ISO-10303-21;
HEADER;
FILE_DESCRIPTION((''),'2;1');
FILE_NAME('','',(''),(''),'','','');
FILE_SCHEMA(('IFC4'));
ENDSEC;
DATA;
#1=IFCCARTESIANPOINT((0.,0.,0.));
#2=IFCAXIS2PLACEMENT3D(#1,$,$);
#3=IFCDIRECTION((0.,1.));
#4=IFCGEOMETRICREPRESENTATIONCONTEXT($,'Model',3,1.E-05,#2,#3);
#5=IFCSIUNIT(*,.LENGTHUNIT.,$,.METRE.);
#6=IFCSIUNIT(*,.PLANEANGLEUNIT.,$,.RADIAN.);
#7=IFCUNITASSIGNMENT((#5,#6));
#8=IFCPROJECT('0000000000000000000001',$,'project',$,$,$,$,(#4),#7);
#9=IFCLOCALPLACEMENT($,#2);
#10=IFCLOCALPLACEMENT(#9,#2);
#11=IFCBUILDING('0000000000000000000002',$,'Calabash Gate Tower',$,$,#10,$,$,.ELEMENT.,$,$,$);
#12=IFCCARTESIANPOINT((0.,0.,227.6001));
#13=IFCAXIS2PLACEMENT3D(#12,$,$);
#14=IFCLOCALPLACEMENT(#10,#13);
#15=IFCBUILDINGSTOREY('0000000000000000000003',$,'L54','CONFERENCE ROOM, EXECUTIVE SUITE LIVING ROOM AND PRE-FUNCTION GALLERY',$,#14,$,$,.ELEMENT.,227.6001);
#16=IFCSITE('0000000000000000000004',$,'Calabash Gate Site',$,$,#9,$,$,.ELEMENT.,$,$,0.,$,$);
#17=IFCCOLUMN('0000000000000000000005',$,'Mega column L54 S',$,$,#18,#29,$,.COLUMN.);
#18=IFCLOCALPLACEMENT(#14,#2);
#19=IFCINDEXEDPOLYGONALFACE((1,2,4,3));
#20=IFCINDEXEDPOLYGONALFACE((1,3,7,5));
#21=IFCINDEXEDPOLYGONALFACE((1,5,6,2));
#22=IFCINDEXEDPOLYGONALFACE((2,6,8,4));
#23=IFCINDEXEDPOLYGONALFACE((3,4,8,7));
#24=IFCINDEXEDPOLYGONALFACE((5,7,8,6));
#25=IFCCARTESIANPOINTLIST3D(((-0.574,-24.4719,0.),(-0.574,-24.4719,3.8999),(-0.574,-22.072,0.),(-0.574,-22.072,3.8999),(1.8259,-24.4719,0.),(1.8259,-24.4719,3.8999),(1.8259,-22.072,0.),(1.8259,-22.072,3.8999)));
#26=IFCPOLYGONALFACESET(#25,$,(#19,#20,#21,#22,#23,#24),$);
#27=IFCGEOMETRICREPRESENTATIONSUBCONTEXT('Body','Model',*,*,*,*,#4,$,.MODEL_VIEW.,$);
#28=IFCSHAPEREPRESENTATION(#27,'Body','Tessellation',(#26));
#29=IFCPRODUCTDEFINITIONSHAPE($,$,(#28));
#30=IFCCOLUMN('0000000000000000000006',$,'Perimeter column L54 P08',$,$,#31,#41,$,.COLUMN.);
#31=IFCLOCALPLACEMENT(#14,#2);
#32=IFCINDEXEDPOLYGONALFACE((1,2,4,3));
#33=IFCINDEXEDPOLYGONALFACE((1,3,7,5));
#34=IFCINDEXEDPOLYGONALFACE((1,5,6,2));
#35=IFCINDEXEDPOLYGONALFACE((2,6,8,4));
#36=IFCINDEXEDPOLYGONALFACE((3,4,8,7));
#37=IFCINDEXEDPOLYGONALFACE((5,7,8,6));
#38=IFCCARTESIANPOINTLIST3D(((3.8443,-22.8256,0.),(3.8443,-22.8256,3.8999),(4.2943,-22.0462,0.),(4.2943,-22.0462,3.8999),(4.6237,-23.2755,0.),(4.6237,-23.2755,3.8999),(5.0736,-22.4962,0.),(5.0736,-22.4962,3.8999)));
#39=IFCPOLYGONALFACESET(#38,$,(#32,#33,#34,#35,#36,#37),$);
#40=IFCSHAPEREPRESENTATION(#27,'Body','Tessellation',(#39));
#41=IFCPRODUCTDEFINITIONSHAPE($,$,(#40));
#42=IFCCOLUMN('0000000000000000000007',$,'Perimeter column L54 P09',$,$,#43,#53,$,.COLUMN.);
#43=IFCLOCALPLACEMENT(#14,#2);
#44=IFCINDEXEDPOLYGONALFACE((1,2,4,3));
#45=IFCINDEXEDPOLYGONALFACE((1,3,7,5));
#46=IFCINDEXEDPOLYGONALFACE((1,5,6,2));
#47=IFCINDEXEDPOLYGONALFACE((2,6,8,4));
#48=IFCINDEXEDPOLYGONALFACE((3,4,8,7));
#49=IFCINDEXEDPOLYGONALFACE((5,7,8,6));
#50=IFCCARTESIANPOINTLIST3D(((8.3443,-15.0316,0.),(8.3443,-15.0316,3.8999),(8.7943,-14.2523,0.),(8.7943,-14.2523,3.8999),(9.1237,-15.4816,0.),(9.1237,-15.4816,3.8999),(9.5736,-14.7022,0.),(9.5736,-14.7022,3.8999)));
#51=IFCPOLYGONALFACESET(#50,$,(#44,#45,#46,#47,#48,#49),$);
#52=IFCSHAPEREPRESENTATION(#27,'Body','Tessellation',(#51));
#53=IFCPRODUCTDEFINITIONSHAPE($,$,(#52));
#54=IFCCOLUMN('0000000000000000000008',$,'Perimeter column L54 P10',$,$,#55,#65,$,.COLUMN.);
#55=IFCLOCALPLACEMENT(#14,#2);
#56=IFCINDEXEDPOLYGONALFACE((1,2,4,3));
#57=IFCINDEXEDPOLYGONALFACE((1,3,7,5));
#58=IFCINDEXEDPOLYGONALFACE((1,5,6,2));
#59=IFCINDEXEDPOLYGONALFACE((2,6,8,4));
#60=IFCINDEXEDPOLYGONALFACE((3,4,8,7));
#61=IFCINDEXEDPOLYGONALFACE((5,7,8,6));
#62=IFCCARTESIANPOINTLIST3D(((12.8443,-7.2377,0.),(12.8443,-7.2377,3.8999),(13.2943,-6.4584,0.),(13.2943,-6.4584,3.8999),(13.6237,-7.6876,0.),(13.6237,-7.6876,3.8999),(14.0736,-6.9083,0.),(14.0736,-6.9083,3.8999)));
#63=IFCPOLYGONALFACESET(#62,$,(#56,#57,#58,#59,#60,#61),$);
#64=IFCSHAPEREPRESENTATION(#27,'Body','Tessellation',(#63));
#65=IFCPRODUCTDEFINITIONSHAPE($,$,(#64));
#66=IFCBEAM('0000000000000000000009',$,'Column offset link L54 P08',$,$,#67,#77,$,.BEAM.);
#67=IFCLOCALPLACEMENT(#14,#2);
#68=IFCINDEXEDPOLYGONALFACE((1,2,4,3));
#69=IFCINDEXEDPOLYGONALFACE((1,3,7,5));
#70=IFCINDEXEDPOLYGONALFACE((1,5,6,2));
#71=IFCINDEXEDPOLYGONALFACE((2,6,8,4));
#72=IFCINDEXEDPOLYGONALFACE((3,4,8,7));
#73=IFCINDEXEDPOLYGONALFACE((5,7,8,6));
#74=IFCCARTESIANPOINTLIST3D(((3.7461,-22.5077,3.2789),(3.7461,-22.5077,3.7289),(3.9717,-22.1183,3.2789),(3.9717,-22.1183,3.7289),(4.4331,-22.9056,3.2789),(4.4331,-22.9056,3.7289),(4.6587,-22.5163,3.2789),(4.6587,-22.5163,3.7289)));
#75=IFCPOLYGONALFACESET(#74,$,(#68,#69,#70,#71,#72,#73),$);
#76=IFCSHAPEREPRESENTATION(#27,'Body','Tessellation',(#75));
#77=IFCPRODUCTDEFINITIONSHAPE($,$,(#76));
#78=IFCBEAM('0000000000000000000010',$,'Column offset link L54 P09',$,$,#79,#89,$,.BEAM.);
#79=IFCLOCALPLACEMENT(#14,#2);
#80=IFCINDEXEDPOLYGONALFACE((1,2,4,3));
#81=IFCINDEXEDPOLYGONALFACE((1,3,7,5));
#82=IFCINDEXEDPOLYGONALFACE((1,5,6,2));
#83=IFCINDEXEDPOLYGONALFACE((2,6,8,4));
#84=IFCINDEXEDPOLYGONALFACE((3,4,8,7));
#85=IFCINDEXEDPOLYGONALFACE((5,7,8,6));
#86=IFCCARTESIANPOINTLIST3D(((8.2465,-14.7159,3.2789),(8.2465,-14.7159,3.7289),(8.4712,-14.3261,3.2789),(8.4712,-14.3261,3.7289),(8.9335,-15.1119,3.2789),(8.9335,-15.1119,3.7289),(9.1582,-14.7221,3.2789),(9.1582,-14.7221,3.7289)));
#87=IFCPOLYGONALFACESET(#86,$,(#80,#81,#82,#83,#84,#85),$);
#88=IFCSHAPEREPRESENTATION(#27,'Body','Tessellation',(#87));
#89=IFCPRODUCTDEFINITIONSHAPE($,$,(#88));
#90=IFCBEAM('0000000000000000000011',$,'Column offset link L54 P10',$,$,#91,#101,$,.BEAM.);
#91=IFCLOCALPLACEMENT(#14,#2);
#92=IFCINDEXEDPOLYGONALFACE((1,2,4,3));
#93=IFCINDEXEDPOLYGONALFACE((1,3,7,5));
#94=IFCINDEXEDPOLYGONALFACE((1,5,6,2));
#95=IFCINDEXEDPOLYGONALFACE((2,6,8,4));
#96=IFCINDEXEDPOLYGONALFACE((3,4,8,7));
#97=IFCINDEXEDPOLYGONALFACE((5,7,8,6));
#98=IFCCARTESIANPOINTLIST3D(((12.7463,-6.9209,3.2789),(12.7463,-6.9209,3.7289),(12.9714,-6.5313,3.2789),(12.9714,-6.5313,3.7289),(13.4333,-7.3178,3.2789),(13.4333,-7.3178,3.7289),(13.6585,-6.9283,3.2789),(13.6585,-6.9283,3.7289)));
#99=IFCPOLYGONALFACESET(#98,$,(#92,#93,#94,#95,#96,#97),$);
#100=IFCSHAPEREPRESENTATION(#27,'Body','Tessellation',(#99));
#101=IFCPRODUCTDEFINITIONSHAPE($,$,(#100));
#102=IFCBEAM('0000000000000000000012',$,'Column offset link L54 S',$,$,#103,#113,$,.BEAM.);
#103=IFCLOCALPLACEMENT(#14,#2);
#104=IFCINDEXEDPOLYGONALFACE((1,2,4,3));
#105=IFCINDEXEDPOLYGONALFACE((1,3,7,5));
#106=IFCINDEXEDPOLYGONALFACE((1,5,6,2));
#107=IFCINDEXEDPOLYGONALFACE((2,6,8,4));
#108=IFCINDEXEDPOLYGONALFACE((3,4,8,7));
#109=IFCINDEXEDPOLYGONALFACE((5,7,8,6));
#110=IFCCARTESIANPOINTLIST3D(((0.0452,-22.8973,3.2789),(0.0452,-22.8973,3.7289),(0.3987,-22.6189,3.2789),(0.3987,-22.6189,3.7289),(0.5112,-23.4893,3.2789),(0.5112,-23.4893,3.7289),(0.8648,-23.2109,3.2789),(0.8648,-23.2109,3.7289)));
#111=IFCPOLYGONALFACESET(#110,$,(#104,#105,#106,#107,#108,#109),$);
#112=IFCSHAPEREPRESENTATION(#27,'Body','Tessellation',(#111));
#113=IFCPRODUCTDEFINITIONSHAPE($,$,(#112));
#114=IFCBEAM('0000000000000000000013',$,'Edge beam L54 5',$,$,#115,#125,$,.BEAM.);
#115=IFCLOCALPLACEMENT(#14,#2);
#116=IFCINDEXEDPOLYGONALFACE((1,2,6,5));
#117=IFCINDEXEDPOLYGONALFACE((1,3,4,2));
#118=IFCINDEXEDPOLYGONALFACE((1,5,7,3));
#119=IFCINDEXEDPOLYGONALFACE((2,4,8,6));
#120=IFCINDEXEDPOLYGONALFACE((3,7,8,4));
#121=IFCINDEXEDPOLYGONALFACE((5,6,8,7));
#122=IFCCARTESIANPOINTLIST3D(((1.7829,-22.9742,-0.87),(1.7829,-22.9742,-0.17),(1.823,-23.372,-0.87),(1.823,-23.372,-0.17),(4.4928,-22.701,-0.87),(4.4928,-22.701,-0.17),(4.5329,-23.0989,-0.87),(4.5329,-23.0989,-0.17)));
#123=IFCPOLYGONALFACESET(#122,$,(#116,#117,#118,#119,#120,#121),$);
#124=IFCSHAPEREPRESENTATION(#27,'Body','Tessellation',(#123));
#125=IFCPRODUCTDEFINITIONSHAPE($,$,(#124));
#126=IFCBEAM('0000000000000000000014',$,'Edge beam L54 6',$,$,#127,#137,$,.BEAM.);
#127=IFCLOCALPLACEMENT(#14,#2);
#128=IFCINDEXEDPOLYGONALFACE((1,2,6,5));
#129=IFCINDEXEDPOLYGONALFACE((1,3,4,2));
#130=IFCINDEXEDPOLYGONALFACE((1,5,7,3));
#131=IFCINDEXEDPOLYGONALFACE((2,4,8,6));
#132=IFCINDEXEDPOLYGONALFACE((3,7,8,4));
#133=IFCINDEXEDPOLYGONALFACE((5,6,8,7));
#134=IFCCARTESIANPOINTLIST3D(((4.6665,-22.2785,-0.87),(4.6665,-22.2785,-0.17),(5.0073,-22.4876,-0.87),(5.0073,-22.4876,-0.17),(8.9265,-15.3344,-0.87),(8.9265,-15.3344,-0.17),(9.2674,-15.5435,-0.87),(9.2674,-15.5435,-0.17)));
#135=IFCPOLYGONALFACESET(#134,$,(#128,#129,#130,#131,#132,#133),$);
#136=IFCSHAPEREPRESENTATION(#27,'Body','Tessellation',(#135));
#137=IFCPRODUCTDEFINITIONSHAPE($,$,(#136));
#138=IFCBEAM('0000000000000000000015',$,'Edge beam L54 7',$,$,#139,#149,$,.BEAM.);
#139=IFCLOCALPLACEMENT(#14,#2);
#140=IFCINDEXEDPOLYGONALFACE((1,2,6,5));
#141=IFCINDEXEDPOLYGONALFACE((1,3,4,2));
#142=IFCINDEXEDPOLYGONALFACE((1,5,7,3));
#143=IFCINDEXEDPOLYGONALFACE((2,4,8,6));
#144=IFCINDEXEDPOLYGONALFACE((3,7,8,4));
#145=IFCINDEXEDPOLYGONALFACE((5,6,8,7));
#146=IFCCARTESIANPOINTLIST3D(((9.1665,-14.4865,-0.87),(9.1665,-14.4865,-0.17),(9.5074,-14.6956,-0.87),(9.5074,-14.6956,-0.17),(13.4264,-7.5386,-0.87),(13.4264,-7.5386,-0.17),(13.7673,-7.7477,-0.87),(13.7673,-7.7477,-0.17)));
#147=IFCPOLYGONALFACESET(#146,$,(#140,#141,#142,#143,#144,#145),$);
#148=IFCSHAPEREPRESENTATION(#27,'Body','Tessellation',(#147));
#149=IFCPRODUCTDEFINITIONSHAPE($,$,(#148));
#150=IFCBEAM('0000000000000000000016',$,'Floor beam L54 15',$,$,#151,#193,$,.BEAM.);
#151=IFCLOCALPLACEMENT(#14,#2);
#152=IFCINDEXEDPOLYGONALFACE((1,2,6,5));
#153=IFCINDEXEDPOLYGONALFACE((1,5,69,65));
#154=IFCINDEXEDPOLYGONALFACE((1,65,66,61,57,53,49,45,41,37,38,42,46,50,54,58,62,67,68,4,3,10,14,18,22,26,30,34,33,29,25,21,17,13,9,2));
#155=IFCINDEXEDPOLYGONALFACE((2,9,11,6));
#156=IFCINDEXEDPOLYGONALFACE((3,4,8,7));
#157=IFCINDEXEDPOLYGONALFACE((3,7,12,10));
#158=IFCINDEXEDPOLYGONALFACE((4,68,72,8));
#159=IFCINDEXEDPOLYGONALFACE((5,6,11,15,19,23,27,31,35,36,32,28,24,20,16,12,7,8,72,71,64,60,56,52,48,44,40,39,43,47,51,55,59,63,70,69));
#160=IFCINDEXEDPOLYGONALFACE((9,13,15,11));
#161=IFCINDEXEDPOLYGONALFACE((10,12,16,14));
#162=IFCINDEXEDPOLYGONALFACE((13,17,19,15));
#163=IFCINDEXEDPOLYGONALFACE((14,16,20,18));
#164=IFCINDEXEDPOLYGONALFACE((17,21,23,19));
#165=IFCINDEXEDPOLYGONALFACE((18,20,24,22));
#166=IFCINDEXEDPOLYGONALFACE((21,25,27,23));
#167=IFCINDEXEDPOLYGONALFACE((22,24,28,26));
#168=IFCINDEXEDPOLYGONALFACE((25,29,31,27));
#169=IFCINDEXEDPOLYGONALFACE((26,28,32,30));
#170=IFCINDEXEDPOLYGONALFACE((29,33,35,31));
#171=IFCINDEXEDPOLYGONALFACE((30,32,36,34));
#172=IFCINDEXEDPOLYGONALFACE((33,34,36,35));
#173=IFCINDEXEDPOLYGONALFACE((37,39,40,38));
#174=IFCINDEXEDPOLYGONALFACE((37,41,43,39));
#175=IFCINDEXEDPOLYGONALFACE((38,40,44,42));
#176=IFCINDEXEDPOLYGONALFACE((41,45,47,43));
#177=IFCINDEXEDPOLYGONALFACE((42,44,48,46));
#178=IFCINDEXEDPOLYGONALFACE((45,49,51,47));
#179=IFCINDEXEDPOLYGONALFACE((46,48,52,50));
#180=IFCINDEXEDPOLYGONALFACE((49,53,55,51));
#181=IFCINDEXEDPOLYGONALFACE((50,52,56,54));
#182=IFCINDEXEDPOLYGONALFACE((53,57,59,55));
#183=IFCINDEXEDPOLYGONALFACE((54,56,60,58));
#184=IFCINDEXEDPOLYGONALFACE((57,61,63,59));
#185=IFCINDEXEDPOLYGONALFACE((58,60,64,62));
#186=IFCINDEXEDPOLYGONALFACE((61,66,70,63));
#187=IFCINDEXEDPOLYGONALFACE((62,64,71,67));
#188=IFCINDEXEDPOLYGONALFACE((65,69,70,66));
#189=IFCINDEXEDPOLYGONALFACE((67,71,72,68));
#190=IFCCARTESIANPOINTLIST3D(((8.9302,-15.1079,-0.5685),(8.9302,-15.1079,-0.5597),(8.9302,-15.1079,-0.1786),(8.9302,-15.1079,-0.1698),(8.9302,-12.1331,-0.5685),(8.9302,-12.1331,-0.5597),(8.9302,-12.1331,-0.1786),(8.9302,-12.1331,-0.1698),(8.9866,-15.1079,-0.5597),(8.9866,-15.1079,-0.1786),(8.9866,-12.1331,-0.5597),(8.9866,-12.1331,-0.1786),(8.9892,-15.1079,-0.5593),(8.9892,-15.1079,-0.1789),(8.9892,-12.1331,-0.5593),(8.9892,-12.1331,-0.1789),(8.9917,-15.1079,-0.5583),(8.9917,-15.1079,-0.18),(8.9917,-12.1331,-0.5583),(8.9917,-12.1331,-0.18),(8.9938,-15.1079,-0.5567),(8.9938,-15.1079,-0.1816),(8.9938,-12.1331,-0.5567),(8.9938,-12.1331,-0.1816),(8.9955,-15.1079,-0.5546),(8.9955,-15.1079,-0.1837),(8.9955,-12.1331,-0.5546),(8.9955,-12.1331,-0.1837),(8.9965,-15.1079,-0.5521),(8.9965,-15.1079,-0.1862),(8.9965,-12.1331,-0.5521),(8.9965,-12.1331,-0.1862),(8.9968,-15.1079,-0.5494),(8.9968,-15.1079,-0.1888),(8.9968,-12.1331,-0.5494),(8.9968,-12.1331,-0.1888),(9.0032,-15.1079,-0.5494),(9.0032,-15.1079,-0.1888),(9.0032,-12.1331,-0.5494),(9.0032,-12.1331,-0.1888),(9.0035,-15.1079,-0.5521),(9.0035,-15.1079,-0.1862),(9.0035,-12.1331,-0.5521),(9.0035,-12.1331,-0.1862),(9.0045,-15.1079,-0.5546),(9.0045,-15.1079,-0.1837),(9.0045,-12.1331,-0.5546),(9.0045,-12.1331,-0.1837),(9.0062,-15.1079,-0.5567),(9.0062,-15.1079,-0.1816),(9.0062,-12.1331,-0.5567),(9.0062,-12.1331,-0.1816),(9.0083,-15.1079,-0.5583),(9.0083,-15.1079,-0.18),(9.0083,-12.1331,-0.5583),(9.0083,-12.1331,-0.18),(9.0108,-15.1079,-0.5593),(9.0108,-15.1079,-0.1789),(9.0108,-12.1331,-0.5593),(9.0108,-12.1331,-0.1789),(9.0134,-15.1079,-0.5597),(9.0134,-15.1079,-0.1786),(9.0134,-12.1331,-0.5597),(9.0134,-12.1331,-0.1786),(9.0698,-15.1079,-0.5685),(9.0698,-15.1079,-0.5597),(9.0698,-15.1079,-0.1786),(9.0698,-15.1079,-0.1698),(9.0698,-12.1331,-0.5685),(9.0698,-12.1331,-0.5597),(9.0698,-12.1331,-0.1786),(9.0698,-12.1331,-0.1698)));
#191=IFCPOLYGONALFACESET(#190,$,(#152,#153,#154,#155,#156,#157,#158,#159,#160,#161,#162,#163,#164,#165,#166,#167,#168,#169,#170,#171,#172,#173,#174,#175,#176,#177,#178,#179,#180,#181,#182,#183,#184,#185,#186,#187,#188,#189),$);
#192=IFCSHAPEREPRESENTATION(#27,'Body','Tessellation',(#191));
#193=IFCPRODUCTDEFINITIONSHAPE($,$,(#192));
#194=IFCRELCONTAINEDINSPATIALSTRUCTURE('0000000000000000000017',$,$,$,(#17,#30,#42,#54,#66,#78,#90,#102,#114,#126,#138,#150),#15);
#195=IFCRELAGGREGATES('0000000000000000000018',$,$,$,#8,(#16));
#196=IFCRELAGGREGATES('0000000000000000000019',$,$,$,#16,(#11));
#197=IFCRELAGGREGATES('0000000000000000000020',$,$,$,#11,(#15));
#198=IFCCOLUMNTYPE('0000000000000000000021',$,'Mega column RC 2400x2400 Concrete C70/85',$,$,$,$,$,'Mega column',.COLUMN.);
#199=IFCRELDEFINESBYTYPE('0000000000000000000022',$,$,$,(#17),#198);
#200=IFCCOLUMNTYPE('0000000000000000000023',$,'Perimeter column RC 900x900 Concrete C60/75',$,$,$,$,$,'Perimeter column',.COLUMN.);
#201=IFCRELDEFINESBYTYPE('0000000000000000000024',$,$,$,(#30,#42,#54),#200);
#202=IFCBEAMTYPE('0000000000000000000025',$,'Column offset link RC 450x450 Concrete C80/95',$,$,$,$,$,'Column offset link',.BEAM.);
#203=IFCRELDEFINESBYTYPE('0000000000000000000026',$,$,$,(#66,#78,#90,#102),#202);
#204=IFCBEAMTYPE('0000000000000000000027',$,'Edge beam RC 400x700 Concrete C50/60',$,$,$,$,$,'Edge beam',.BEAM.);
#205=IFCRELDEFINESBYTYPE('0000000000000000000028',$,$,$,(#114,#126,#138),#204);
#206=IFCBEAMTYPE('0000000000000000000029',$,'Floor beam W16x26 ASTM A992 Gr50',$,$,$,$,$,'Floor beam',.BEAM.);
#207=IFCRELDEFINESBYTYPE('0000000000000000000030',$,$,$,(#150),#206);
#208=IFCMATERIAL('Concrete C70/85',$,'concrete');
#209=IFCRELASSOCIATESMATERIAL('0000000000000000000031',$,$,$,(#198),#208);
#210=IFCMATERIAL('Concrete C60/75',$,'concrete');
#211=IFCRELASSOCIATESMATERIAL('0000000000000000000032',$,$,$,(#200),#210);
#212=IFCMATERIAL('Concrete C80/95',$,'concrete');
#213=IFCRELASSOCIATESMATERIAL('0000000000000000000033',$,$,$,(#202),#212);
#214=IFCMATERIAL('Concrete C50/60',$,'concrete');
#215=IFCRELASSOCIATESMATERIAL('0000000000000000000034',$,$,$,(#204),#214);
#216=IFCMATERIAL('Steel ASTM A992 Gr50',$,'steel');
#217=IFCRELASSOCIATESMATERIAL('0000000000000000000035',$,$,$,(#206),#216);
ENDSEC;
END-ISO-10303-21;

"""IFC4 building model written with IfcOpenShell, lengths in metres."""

from ifc_helpers import new_model, si_unit, direction, frame, origin, origin_2d, place, context, subcontext, project, spatial, rectangle, i_section, extrude, material, material_profile, profile_set, type_object, element, save


model = new_model("IFC4")

# Units and contexts
model_context = context("Model", 3, precision=1e-05, world=origin(), true_north=direction((0.0, 1.0)))
body_context = subcontext(model_context, "Body", "Model", "MODEL_VIEW")
ifc_project = project(units=[si_unit("LENGTHUNIT", "METRE"), si_unit("PLANEANGLEUNIT", "RADIAN")], contexts=[model_context])

# Site, building, storey
site_placement = place(None, origin())
site = spatial("IfcSite", under=ifc_project, at=site_placement, Name="Calabash Gate Site", CompositionType="ELEMENT", RefElevation=0.0)
building_placement = place(site_placement, origin())
building = spatial("IfcBuilding", under=site, at=building_placement, Name="Calabash Gate Tower", CompositionType="ELEMENT")
storey_placement = place(building_placement, frame((0.0, 0.0, 227.6001)))
storey = spatial("IfcBuildingStorey", under=building, at=storey_placement, Name="L54", Description="CONFERENCE ROOM, EXECUTIVE SUITE LIVING ROOM AND PRE-FUNCTION GALLERY", CompositionType="ELEMENT", Elevation=227.6001)

# Columns
ifc_material_1 = material(Name="Concrete C70/85", Category="concrete")
ifc_material_profile_1 = material_profile(ifc_material_1, rectangle(XDim=2.3999, YDim=2.3999, at=origin_2d()))
ifc_profile_set_1 = profile_set([ifc_material_profile_1], Name="Concrete C70/85")
column_type_1 = type_object("IfcColumnType", Name="Mega column RC 2400x2400 Concrete C70/85", ElementType="Mega column", PredefinedType="COLUMN", material=ifc_profile_set_1)
column_placement = place(storey_placement, frame((0.626, -23.272, 0.0), z_axis=(0.0, 0.0, 1.0), x_axis=(0.0, 1.0, 0.0)))
element("IfcColumn", 1, at=column_placement, inside=storey, type_object=column_type_1, Name="Mega column L54 S", PredefinedType="COLUMN", context=body_context, shape_type="SweptSolid", body=[
    extrude(rectangle(XDim=2.3999, YDim=2.3999, at=origin_2d()), origin(), (0.0, 0.0, 1.0), 3.8999),
])
ifc_material_2 = material(Name="Concrete C60/75", Category="concrete")
ifc_material_profile_2 = material_profile(ifc_material_2, rectangle(XDim=0.8999, YDim=0.8999, at=origin_2d()))
ifc_profile_set_2 = profile_set([ifc_material_profile_2], Name="Concrete C60/75")
column_type_2 = type_object("IfcColumnType", Name="Perimeter column RC 900x900 Concrete C60/75", ElementType="Perimeter column", PredefinedType="COLUMN", material=ifc_profile_set_2)
for number, where, z_axis, x_axis, name in (
    (2, (4.459, -22.6609, 0.0), (0.0, 0.0, 1.0), (0.5, 0.866025, 0.0), "Perimeter column L54 P08"),
    (3, (8.959, -14.8669, 0.0), (0.0, 0.0, 1.0), (0.5, 0.866025, 0.0), "Perimeter column L54 P09"),
    (4, (13.459, -7.073, 0.0), (0.0, 0.0, 1.0), (0.5, 0.866025, 0.0), "Perimeter column L54 P10"),
):
    element("IfcColumn", number, at=place(storey_placement, frame(where, z_axis=z_axis, x_axis=x_axis)), inside=storey, type_object=column_type_2, Name=name, PredefinedType="COLUMN", context=body_context, shape_type="SweptSolid", body=[
        extrude(rectangle(XDim=0.8999, YDim=0.8999, at=origin_2d()), origin(), (0.0, 0.0, 1.0), 3.8999),
    ])

# Beams
ifc_material_3 = material(Name="Concrete C80/95", Category="concrete")
ifc_material_profile_3 = material_profile(ifc_material_3, rectangle(XDim=0.45, YDim=0.45, at=origin_2d()))
ifc_profile_set_3 = profile_set([ifc_material_profile_3], Name="Concrete C80/95")
beam_type_1 = type_object("IfcBeamType", Name="Column offset link RC 450x450 Concrete C80/95", ElementType="Column offset link", PredefinedType="BEAM", material=ifc_profile_set_3)
beam_1_placement = place(storey_placement, frame((4.5459, -22.7109, 3.5039), z_axis=(-0.865314, 0.50123, 0.0), x_axis=(-0.50123, -0.865314, 0.0)))
element("IfcBeam", 5, at=beam_1_placement, inside=storey, type_object=beam_type_1, Name="Column offset link L54 P08", PredefinedType="BEAM", context=body_context, shape_type="SweptSolid", body=[
    extrude(rectangle(XDim=0.45, YDim=0.45, at=origin_2d()), origin(), (0.0, 0.0, 1.0), 0.7939),
])
beam_2_placement = place(storey_placement, frame((9.0459, -14.917, 3.5039), z_axis=(-0.86638, 0.499385, 0.0), x_axis=(-0.499385, -0.86638, 0.0)))
element("IfcBeam", 6, at=beam_2_placement, inside=storey, type_object=beam_type_1, Name="Column offset link L54 P09", PredefinedType="BEAM", context=body_context, shape_type="SweptSolid", body=[
    extrude(rectangle(XDim=0.45, YDim=0.45, at=origin_2d()), origin(), (0.0, 0.0, 1.0), 0.793),
])
beam_3_placement = place(storey_placement, frame((13.5459, -7.123, 3.5039), z_axis=(-0.865847, 0.500308, 0.0), x_axis=(-0.500308, -0.865847, 0.0)))
element("IfcBeam", 7, at=beam_3_placement, inside=storey, type_object=beam_type_1, Name="Column offset link L54 P10", PredefinedType="BEAM", context=body_context, shape_type="SweptSolid", body=[
    extrude(rectangle(XDim=0.45, YDim=0.45, at=origin_2d()), origin(), (0.0, 0.0, 1.0), 0.7935),
])
beam_4_placement = place(storey_placement, frame((0.688, -23.3501, 3.5039), z_axis=(-0.618551, 0.785745, 0.0), x_axis=(-0.785745, -0.618551, 0.0)))
element("IfcBeam", 8, at=beam_4_placement, inside=storey, type_object=beam_type_1, Name="Column offset link L54 S", PredefinedType="BEAM", context=body_context, shape_type="SweptSolid", body=[
    extrude(rectangle(XDim=0.45, YDim=0.45, at=origin_2d()), origin(), (0.0, 0.0, 1.0), 0.7534),
])
ifc_material_4 = material(Name="Concrete C50/60", Category="concrete")
ifc_material_profile_4 = material_profile(ifc_material_4, rectangle(XDim=0.3999, YDim=0.7, at=origin_2d()))
ifc_profile_set_4 = profile_set([ifc_material_profile_4], Name="Concrete C50/60")
beam_type_2 = type_object("IfcBeamType", Name="Edge beam RC 400x700 Concrete C50/60", ElementType="Edge beam", PredefinedType="BEAM", material=ifc_profile_set_4)
beam_5_placement = place(storey_placement, frame((1.803, -23.1731, -0.52), z_axis=(0.994957, 0.100302, 0.0), x_axis=(-0.100302, 0.994957, 0.0)))
element("IfcBeam", 9, at=beam_5_placement, inside=storey, type_object=beam_type_2, Name="Edge beam L54 5", PredefinedType="BEAM", context=body_context, shape_type="SweptSolid", body=[
    extrude(rectangle(XDim=0.3999, YDim=0.7, at=origin_2d()), origin(), (0.0, 0.0, 1.0), 2.7236),
])
beam_6_placement = place(storey_placement, frame((4.8369, -22.3831, -0.52), z_axis=(0.522915, 0.852385, 0.0), x_axis=(-0.852385, 0.522915, 0.0)))
element("IfcBeam", 10, at=beam_6_placement, inside=storey, type_object=beam_type_2, Name="Edge beam L54 6", PredefinedType="BEAM", context=body_context, shape_type="SweptSolid", body=[
    extrude(rectangle(XDim=0.3999, YDim=0.7, at=origin_2d()), origin(), (0.0, 0.0, 1.0), 8.1467),
])
beam_7_placement = place(storey_placement, frame((9.3369, -14.5911, -0.52), z_axis=(0.522701, 0.852516, 0.0), x_axis=(-0.852516, 0.522701, 0.0)))
element("IfcBeam", 11, at=beam_7_placement, inside=storey, type_object=beam_type_2, Name="Edge beam L54 7", PredefinedType="BEAM", context=body_context, shape_type="SweptSolid", body=[
    extrude(rectangle(XDim=0.3999, YDim=0.7, at=origin_2d()), origin(), (0.0, 0.0, 1.0), 8.1499),
])
ifc_material_5 = material(Name="Steel ASTM A992 Gr50", Category="steel")
ifc_material_profile_5 = material_profile(ifc_material_5, i_section(OverallWidth=0.1396, OverallDepth=0.3987, WebThickness=0.0063, FlangeThickness=0.0088, FilletRadius=0.0103, at=origin_2d()))
ifc_profile_set_5 = profile_set([ifc_material_profile_5], Name="Steel ASTM A992 Gr50")
beam_type_3 = type_object("IfcBeamType", Name="Floor beam W16x26 ASTM A992 Gr50", ElementType="Floor beam", PredefinedType="BEAM", material=ifc_profile_set_5)
beam_8_placement = place(storey_placement, frame((9.0, -15.1079, -0.3691), z_axis=(0.0, 1.0, 0.0), x_axis=(-1.0, 0.0, 0.0)))
element("IfcBeam", 12, at=beam_8_placement, inside=storey, type_object=beam_type_3, Name="Floor beam L54 15", PredefinedType="BEAM", context=body_context, shape_type="SweptSolid", body=[
    extrude(i_section(OverallWidth=0.1396, OverallDepth=0.3987, WebThickness=0.0063, FlangeThickness=0.0088, FilletRadius=0.0103, at=origin_2d()), origin(), (0.0, 0.0, 1.0), 2.9749),
])

save(model, "model.ifc")
